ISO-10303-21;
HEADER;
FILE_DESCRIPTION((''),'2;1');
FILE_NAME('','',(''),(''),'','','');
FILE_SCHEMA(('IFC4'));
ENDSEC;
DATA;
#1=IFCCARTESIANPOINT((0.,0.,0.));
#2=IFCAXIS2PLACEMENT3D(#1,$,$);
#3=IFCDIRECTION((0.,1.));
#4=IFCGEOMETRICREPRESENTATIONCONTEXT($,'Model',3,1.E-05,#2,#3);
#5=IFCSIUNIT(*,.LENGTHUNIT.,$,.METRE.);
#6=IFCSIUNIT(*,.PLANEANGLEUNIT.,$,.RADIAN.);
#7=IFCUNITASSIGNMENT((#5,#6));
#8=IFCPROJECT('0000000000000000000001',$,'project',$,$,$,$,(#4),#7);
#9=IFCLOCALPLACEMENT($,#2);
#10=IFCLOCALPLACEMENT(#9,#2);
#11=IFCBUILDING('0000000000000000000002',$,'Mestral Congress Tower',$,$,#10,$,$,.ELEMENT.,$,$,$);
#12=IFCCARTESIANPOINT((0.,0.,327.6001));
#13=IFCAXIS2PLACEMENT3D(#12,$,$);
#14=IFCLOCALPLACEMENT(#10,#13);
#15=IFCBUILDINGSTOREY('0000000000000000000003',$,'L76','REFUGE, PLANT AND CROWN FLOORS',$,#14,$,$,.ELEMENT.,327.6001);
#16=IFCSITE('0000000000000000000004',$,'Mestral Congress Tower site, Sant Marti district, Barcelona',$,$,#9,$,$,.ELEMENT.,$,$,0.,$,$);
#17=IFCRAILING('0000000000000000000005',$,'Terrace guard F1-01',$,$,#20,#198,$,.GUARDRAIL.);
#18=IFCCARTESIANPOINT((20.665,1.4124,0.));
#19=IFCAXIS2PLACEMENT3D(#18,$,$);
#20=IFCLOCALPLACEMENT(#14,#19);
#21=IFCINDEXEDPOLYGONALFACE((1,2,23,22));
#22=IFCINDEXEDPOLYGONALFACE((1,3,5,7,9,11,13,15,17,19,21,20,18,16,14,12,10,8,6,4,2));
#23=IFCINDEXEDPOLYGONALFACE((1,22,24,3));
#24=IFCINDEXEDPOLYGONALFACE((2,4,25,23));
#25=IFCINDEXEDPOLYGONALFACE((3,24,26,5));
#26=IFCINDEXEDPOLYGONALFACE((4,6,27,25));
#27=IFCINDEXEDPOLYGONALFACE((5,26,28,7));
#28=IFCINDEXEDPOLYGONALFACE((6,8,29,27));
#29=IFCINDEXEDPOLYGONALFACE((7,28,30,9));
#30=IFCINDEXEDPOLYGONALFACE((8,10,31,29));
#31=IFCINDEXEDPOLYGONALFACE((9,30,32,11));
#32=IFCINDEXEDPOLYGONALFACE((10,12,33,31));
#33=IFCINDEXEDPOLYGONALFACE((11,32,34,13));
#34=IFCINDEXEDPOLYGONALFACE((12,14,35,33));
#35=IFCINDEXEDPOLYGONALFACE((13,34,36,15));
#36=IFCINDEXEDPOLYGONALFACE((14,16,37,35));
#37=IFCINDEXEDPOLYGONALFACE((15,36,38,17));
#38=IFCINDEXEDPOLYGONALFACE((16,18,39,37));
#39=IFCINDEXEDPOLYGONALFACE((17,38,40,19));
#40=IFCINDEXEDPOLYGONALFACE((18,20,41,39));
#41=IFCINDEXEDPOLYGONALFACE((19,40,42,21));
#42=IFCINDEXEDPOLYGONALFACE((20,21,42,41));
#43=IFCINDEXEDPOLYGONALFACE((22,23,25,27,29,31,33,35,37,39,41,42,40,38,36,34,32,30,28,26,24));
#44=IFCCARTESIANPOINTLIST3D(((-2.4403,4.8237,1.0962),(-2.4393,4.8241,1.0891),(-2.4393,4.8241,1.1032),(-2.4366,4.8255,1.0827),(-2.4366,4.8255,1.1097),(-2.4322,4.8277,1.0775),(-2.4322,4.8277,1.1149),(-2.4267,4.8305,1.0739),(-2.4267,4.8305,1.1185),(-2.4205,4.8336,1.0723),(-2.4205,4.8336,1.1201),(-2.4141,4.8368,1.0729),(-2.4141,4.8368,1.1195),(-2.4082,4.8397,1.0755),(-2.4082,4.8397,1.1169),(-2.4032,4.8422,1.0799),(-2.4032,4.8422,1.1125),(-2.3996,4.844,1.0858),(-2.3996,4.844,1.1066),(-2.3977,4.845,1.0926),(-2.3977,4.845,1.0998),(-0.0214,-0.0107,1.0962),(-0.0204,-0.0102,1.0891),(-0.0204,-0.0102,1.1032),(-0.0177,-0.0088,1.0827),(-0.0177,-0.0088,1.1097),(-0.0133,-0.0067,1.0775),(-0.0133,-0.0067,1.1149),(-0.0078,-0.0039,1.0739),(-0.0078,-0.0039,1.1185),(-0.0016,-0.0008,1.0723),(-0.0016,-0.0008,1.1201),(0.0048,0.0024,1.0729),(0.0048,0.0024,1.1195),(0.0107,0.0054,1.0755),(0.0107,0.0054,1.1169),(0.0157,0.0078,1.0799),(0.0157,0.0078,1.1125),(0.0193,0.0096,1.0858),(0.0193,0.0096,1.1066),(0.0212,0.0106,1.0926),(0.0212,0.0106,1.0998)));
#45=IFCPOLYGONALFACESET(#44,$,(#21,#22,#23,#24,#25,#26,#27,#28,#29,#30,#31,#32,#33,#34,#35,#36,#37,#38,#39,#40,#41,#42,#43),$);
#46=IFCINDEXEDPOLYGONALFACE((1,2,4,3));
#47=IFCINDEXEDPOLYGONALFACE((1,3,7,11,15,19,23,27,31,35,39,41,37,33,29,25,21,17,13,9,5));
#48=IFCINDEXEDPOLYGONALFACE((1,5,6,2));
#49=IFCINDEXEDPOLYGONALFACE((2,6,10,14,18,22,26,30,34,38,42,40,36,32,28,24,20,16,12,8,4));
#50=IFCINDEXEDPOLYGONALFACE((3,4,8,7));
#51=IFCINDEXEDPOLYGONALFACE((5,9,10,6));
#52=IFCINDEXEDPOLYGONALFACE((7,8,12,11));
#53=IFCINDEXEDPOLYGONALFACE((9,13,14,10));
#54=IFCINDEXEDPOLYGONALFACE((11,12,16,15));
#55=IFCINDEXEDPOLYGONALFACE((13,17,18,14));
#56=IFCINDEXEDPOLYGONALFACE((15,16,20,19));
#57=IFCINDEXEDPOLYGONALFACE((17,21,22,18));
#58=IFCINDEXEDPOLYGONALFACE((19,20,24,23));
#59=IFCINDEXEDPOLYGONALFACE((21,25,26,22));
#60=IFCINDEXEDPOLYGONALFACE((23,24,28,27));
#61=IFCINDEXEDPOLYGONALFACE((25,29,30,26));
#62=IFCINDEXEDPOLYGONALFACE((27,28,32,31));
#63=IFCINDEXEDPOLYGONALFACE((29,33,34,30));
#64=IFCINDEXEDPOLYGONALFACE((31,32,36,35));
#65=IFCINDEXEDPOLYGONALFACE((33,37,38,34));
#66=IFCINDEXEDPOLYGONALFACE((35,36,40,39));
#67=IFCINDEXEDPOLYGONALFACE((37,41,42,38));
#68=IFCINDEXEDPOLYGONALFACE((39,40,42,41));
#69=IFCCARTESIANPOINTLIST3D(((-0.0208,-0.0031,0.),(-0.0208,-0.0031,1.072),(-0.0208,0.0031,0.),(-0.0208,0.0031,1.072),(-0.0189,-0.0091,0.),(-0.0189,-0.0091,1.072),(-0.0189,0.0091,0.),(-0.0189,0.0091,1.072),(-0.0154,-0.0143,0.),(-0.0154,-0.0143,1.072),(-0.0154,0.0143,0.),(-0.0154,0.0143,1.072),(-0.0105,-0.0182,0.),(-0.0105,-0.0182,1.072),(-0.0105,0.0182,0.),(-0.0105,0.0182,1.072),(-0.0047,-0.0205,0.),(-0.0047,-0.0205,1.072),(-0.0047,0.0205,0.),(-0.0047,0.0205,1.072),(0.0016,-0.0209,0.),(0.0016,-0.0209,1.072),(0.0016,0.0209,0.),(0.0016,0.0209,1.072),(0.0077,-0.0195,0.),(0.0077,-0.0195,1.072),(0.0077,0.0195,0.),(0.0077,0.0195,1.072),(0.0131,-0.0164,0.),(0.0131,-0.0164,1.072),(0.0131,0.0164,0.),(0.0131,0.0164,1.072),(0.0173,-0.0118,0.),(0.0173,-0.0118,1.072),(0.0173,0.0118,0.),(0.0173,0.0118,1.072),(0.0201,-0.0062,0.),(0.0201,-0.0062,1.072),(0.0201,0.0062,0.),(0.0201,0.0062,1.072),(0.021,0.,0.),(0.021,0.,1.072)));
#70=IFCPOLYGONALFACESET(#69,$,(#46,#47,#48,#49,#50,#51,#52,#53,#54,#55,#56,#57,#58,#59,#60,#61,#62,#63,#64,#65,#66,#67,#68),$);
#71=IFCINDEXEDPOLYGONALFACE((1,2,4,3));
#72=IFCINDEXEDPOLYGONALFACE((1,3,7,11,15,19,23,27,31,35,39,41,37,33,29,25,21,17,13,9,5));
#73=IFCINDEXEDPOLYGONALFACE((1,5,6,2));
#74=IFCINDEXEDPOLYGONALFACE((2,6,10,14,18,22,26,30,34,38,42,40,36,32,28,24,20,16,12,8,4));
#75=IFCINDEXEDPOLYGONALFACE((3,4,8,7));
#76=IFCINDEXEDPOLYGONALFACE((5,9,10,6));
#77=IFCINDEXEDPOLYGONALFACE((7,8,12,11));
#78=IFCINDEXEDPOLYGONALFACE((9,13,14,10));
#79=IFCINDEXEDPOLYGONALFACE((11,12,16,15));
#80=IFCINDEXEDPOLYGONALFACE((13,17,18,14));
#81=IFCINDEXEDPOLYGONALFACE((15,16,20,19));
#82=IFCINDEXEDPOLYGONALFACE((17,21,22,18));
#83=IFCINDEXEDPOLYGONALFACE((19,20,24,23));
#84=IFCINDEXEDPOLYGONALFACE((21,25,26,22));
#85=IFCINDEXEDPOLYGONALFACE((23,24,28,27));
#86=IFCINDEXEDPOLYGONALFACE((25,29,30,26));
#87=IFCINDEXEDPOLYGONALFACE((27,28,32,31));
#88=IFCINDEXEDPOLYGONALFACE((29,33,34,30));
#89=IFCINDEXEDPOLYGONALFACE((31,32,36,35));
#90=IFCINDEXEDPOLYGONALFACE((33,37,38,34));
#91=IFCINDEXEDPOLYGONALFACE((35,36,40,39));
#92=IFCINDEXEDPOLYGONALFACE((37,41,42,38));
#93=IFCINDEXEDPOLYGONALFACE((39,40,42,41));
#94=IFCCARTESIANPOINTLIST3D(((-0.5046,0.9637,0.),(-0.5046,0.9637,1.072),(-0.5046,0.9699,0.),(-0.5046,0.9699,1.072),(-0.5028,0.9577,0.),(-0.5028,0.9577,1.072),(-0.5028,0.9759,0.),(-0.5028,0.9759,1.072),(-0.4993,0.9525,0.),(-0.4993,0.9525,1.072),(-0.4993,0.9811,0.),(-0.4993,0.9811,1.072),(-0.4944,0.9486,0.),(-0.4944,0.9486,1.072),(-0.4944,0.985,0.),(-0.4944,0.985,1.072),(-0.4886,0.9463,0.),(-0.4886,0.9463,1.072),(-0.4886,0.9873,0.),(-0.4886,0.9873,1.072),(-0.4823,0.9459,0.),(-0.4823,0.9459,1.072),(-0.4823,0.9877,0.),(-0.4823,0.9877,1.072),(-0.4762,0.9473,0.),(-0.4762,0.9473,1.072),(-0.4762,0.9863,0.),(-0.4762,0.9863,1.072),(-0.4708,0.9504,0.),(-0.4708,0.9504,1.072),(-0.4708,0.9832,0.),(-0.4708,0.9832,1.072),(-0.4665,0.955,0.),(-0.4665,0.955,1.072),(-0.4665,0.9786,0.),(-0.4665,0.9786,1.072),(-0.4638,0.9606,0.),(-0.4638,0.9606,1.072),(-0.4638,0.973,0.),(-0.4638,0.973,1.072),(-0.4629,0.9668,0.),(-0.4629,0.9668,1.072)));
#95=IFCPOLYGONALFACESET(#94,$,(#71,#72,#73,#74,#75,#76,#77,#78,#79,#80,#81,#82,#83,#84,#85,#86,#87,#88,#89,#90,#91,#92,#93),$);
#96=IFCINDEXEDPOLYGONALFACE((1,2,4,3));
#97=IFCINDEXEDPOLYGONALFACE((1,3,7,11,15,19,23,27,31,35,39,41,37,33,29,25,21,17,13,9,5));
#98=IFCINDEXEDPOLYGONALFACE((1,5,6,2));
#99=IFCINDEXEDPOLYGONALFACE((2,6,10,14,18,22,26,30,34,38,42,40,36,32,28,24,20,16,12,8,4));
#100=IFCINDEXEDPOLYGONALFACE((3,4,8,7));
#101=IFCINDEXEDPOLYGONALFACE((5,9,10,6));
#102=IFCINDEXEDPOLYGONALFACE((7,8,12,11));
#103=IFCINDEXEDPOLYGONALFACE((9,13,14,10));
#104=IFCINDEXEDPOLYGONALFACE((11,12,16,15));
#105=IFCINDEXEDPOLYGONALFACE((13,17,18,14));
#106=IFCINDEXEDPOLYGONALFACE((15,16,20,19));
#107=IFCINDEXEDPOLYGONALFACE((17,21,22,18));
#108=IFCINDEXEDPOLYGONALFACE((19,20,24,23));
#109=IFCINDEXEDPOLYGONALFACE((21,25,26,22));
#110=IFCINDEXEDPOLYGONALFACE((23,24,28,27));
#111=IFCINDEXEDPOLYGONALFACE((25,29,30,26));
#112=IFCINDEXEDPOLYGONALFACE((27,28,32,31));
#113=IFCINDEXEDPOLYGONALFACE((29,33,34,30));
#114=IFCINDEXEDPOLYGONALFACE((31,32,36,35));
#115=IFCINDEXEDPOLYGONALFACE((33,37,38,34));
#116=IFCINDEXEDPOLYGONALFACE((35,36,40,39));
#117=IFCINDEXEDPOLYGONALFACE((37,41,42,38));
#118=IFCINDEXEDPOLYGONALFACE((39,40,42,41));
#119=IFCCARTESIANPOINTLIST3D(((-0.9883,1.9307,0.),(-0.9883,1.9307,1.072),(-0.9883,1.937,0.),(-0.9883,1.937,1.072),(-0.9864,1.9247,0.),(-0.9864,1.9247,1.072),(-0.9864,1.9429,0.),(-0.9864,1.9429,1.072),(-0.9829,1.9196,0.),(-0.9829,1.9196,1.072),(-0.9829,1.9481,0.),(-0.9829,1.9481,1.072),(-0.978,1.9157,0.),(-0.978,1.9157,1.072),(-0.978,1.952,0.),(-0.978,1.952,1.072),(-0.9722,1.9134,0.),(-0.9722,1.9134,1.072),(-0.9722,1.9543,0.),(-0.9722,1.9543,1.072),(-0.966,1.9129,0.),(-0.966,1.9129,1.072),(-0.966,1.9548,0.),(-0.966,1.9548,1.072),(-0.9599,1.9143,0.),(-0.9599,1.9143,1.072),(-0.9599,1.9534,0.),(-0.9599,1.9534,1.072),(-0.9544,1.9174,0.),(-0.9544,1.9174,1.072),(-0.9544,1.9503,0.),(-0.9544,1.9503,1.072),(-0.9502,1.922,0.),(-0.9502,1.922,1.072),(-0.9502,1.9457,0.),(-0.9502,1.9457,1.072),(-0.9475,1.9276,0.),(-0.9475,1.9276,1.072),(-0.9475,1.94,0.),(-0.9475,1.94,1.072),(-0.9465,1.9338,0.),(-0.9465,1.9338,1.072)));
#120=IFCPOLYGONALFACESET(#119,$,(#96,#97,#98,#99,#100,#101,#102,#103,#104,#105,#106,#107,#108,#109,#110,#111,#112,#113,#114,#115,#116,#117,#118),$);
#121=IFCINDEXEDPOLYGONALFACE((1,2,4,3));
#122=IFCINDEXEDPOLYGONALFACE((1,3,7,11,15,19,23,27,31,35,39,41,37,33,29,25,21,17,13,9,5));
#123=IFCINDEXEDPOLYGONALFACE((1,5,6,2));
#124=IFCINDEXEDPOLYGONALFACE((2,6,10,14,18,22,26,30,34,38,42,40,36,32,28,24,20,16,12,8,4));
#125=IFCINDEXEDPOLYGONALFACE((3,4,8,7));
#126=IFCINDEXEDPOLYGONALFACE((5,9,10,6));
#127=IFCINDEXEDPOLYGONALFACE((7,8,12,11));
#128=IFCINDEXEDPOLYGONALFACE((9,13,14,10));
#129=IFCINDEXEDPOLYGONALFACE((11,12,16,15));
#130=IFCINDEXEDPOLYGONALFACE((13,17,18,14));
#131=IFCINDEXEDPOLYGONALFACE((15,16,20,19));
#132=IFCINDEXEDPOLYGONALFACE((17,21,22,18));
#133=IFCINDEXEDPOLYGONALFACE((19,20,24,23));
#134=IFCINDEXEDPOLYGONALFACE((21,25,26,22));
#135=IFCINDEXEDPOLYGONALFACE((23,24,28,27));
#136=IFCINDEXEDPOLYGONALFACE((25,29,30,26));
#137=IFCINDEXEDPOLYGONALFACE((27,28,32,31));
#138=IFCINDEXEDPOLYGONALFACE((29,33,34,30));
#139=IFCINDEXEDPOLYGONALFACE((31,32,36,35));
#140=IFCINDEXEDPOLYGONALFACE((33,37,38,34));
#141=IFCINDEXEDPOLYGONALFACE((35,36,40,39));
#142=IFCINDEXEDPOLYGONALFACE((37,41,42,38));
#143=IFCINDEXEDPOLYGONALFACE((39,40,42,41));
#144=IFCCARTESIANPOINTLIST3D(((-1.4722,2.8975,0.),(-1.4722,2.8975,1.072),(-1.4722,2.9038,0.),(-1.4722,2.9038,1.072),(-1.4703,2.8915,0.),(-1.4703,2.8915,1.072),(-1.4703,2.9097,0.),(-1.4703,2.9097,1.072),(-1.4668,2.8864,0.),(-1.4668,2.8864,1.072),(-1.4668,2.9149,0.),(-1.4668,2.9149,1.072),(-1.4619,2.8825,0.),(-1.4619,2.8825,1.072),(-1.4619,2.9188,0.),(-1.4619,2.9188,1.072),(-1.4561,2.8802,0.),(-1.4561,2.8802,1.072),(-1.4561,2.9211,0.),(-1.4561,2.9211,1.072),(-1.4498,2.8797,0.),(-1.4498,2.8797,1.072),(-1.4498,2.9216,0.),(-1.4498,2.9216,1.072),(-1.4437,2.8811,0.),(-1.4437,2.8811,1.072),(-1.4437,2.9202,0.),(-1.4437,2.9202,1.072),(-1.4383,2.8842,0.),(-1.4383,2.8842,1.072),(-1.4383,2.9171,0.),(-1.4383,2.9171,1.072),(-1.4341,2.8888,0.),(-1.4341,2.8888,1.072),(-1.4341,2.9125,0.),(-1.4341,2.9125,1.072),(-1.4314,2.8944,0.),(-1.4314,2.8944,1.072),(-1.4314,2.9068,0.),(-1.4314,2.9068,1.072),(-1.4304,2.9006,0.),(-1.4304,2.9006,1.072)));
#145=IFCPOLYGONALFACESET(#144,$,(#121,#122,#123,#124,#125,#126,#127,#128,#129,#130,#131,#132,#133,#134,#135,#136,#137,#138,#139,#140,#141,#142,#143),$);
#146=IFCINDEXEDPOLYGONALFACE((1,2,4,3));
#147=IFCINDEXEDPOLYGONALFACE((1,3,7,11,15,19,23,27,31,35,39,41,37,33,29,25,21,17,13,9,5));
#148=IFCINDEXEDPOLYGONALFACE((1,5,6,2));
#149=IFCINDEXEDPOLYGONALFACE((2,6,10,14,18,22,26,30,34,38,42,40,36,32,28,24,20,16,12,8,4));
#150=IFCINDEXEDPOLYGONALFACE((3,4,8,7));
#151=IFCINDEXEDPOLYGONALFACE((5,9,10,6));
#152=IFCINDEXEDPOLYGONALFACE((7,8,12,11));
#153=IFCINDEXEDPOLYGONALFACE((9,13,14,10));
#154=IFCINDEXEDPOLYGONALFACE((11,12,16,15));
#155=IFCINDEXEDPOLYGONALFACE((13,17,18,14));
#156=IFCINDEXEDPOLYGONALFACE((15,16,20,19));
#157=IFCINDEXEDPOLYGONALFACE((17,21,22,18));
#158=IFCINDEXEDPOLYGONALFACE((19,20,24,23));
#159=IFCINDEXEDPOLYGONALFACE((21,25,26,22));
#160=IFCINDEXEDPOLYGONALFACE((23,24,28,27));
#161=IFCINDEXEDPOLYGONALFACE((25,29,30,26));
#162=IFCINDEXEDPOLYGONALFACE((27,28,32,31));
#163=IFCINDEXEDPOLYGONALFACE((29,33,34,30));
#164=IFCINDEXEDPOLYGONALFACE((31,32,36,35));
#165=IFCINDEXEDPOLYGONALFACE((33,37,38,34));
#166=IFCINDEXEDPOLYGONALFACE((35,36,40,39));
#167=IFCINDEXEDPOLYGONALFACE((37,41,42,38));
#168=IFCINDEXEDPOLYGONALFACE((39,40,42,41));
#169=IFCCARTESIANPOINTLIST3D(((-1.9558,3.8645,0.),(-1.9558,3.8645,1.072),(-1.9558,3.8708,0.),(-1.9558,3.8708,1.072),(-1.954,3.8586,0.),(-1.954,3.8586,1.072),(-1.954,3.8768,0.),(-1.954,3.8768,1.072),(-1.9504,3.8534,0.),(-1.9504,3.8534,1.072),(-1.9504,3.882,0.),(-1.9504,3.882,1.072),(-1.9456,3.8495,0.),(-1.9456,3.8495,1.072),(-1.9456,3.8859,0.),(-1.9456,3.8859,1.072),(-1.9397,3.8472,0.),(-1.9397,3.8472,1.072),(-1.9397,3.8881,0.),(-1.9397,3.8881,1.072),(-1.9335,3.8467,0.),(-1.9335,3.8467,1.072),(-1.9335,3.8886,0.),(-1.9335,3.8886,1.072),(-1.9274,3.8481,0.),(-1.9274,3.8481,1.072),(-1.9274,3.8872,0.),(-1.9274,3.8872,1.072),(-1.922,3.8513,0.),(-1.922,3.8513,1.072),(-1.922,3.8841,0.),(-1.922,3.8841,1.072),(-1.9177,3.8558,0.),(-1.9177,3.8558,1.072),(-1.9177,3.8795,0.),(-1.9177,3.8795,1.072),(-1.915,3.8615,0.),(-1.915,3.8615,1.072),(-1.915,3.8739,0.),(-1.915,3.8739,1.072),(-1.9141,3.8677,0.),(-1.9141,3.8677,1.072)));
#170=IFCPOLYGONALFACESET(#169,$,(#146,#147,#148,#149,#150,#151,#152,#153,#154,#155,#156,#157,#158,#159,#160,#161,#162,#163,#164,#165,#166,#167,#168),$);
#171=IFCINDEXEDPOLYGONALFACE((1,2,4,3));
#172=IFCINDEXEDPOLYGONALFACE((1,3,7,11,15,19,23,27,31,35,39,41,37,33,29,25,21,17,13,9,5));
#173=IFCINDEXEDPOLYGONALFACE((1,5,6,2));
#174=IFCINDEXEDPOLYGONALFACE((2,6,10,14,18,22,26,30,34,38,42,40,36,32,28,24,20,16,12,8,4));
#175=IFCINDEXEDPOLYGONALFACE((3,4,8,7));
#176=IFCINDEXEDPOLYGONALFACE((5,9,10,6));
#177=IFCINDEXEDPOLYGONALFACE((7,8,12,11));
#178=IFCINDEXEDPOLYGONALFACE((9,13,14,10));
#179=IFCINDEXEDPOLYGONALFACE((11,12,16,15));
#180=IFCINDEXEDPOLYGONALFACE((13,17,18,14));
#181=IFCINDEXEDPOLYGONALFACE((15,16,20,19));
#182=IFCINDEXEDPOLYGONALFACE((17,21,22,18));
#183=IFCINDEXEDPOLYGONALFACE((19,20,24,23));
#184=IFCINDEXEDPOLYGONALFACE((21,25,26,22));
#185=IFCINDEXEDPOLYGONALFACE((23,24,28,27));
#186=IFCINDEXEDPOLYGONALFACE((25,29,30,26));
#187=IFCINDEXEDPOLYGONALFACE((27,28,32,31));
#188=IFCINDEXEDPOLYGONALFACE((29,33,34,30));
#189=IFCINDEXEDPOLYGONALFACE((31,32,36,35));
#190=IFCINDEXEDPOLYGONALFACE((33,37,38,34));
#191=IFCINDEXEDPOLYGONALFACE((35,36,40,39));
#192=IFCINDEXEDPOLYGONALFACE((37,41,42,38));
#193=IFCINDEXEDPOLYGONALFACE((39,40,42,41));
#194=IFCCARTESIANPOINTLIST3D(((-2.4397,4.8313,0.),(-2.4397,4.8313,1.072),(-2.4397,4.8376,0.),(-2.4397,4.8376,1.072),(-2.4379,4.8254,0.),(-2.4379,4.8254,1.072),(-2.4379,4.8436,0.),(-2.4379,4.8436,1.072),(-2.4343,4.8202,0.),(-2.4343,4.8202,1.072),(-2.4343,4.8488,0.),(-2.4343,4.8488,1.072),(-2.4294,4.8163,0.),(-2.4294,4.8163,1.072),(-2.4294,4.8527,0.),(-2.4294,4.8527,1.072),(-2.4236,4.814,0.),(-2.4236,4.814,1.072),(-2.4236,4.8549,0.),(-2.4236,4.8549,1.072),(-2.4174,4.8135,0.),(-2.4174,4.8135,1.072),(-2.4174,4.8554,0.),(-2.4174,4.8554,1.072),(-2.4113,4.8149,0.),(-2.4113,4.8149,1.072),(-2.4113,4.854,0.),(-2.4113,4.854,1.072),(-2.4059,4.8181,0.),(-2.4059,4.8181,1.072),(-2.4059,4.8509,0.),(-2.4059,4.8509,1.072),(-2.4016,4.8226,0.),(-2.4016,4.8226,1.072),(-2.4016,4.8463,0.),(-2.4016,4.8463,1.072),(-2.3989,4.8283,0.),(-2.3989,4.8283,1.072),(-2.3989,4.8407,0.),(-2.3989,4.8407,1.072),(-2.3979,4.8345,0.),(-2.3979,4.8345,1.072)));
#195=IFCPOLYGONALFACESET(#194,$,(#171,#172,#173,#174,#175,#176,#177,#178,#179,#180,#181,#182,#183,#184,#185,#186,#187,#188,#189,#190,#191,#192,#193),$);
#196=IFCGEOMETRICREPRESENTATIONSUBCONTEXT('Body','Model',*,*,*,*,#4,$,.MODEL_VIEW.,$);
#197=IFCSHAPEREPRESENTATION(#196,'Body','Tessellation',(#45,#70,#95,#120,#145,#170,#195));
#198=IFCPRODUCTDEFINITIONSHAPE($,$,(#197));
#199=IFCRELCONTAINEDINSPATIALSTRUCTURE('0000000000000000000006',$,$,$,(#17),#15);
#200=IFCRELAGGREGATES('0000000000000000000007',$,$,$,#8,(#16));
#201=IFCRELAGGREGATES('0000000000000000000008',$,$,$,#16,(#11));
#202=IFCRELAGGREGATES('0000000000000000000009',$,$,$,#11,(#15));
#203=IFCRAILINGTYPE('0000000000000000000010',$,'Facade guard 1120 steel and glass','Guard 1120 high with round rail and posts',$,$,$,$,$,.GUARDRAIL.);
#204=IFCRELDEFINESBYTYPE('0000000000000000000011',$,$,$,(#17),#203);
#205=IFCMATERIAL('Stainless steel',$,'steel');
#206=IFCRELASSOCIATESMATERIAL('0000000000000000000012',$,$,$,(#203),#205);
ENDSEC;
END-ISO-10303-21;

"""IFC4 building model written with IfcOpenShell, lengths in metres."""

from ifc_helpers import new_model, si_unit, direction, frame, origin, origin_2d, place, context, subcontext, project, spatial, circle, extrude, material, type_object, element, save


model = new_model("IFC4")

# Units and contexts
model_context = context("Model", 3, precision=1e-05, world=origin(), true_north=direction((0.0, 1.0)))
body_context = subcontext(model_context, "Body", "Model", "MODEL_VIEW")
ifc_project = project(units=[si_unit("LENGTHUNIT", "METRE"), si_unit("PLANEANGLEUNIT", "RADIAN")], contexts=[model_context])

# Site, building, storey
site_placement = place(None, origin())
site = spatial("IfcSite", under=ifc_project, at=site_placement, Name="Mestral Congress Tower site, Sant Marti district, Barcelona", CompositionType="ELEMENT", RefElevation=0.0)
building_placement = place(site_placement, origin())
building = spatial("IfcBuilding", under=site, at=building_placement, Name="Mestral Congress Tower", CompositionType="ELEMENT")
storey_placement = place(building_placement, frame((0.0, 0.0, 327.6001)))
storey = spatial("IfcBuildingStorey", under=building, at=storey_placement, Name="L76", Description="REFUGE, PLANT AND CROWN FLOORS", CompositionType="ELEMENT", Elevation=327.6001)

# Railing
ifc_material_1 = material(Name="Stainless steel", Category="steel")
railing_type = type_object("IfcRailingType", Name="Facade guard 1120 steel and glass", Description="Guard 1120 high with round rail and posts", PredefinedType="GUARDRAIL", material=ifc_material_1)
railing_1_placement = place(storey_placement, frame((20.665, 1.4124, 0.0)))
element("IfcRailing", 1, at=railing_1_placement, inside=storey, type_object=railing_type, Name="Terrace guard F1-01", PredefinedType="GUARDRAIL", context=body_context, shape_type="SweptSolid", body=[
    extrude(circle(Radius=0.0239, at=origin_2d()), frame((0.0, 0.0, 1.0962), z_axis=(-0.447466, 0.894301, 0.0), x_axis=(-0.894301, -0.447466, 0.0)), (0.0, 0.0, 1.0), 5.4058),
    extrude(circle(Radius=0.021, at=origin_2d()), origin(), (0.0, 0.0, 1.0), 1.072),
    extrude(circle(Radius=0.021, at=origin_2d()), frame((-0.4839, 0.9668, 0.0)), (0.0, 0.0, 1.0), 1.072),
    extrude(circle(Radius=0.021, at=origin_2d()), frame((-0.9675, 1.9338, 0.0)), (0.0, 0.0, 1.0), 1.072),
    extrude(circle(Radius=0.021, at=origin_2d()), frame((-1.4514, 2.9006, 0.0)), (0.0, 0.0, 1.0), 1.072),
    extrude(circle(Radius=0.021, at=origin_2d()), frame((-1.9351, 3.8677, 0.0)), (0.0, 0.0, 1.0), 1.072),
    extrude(circle(Radius=0.021, at=origin_2d()), frame((-2.4189, 4.8345, 0.0)), (0.0, 0.0, 1.0), 1.072),
])

save(model, "model.ifc")
